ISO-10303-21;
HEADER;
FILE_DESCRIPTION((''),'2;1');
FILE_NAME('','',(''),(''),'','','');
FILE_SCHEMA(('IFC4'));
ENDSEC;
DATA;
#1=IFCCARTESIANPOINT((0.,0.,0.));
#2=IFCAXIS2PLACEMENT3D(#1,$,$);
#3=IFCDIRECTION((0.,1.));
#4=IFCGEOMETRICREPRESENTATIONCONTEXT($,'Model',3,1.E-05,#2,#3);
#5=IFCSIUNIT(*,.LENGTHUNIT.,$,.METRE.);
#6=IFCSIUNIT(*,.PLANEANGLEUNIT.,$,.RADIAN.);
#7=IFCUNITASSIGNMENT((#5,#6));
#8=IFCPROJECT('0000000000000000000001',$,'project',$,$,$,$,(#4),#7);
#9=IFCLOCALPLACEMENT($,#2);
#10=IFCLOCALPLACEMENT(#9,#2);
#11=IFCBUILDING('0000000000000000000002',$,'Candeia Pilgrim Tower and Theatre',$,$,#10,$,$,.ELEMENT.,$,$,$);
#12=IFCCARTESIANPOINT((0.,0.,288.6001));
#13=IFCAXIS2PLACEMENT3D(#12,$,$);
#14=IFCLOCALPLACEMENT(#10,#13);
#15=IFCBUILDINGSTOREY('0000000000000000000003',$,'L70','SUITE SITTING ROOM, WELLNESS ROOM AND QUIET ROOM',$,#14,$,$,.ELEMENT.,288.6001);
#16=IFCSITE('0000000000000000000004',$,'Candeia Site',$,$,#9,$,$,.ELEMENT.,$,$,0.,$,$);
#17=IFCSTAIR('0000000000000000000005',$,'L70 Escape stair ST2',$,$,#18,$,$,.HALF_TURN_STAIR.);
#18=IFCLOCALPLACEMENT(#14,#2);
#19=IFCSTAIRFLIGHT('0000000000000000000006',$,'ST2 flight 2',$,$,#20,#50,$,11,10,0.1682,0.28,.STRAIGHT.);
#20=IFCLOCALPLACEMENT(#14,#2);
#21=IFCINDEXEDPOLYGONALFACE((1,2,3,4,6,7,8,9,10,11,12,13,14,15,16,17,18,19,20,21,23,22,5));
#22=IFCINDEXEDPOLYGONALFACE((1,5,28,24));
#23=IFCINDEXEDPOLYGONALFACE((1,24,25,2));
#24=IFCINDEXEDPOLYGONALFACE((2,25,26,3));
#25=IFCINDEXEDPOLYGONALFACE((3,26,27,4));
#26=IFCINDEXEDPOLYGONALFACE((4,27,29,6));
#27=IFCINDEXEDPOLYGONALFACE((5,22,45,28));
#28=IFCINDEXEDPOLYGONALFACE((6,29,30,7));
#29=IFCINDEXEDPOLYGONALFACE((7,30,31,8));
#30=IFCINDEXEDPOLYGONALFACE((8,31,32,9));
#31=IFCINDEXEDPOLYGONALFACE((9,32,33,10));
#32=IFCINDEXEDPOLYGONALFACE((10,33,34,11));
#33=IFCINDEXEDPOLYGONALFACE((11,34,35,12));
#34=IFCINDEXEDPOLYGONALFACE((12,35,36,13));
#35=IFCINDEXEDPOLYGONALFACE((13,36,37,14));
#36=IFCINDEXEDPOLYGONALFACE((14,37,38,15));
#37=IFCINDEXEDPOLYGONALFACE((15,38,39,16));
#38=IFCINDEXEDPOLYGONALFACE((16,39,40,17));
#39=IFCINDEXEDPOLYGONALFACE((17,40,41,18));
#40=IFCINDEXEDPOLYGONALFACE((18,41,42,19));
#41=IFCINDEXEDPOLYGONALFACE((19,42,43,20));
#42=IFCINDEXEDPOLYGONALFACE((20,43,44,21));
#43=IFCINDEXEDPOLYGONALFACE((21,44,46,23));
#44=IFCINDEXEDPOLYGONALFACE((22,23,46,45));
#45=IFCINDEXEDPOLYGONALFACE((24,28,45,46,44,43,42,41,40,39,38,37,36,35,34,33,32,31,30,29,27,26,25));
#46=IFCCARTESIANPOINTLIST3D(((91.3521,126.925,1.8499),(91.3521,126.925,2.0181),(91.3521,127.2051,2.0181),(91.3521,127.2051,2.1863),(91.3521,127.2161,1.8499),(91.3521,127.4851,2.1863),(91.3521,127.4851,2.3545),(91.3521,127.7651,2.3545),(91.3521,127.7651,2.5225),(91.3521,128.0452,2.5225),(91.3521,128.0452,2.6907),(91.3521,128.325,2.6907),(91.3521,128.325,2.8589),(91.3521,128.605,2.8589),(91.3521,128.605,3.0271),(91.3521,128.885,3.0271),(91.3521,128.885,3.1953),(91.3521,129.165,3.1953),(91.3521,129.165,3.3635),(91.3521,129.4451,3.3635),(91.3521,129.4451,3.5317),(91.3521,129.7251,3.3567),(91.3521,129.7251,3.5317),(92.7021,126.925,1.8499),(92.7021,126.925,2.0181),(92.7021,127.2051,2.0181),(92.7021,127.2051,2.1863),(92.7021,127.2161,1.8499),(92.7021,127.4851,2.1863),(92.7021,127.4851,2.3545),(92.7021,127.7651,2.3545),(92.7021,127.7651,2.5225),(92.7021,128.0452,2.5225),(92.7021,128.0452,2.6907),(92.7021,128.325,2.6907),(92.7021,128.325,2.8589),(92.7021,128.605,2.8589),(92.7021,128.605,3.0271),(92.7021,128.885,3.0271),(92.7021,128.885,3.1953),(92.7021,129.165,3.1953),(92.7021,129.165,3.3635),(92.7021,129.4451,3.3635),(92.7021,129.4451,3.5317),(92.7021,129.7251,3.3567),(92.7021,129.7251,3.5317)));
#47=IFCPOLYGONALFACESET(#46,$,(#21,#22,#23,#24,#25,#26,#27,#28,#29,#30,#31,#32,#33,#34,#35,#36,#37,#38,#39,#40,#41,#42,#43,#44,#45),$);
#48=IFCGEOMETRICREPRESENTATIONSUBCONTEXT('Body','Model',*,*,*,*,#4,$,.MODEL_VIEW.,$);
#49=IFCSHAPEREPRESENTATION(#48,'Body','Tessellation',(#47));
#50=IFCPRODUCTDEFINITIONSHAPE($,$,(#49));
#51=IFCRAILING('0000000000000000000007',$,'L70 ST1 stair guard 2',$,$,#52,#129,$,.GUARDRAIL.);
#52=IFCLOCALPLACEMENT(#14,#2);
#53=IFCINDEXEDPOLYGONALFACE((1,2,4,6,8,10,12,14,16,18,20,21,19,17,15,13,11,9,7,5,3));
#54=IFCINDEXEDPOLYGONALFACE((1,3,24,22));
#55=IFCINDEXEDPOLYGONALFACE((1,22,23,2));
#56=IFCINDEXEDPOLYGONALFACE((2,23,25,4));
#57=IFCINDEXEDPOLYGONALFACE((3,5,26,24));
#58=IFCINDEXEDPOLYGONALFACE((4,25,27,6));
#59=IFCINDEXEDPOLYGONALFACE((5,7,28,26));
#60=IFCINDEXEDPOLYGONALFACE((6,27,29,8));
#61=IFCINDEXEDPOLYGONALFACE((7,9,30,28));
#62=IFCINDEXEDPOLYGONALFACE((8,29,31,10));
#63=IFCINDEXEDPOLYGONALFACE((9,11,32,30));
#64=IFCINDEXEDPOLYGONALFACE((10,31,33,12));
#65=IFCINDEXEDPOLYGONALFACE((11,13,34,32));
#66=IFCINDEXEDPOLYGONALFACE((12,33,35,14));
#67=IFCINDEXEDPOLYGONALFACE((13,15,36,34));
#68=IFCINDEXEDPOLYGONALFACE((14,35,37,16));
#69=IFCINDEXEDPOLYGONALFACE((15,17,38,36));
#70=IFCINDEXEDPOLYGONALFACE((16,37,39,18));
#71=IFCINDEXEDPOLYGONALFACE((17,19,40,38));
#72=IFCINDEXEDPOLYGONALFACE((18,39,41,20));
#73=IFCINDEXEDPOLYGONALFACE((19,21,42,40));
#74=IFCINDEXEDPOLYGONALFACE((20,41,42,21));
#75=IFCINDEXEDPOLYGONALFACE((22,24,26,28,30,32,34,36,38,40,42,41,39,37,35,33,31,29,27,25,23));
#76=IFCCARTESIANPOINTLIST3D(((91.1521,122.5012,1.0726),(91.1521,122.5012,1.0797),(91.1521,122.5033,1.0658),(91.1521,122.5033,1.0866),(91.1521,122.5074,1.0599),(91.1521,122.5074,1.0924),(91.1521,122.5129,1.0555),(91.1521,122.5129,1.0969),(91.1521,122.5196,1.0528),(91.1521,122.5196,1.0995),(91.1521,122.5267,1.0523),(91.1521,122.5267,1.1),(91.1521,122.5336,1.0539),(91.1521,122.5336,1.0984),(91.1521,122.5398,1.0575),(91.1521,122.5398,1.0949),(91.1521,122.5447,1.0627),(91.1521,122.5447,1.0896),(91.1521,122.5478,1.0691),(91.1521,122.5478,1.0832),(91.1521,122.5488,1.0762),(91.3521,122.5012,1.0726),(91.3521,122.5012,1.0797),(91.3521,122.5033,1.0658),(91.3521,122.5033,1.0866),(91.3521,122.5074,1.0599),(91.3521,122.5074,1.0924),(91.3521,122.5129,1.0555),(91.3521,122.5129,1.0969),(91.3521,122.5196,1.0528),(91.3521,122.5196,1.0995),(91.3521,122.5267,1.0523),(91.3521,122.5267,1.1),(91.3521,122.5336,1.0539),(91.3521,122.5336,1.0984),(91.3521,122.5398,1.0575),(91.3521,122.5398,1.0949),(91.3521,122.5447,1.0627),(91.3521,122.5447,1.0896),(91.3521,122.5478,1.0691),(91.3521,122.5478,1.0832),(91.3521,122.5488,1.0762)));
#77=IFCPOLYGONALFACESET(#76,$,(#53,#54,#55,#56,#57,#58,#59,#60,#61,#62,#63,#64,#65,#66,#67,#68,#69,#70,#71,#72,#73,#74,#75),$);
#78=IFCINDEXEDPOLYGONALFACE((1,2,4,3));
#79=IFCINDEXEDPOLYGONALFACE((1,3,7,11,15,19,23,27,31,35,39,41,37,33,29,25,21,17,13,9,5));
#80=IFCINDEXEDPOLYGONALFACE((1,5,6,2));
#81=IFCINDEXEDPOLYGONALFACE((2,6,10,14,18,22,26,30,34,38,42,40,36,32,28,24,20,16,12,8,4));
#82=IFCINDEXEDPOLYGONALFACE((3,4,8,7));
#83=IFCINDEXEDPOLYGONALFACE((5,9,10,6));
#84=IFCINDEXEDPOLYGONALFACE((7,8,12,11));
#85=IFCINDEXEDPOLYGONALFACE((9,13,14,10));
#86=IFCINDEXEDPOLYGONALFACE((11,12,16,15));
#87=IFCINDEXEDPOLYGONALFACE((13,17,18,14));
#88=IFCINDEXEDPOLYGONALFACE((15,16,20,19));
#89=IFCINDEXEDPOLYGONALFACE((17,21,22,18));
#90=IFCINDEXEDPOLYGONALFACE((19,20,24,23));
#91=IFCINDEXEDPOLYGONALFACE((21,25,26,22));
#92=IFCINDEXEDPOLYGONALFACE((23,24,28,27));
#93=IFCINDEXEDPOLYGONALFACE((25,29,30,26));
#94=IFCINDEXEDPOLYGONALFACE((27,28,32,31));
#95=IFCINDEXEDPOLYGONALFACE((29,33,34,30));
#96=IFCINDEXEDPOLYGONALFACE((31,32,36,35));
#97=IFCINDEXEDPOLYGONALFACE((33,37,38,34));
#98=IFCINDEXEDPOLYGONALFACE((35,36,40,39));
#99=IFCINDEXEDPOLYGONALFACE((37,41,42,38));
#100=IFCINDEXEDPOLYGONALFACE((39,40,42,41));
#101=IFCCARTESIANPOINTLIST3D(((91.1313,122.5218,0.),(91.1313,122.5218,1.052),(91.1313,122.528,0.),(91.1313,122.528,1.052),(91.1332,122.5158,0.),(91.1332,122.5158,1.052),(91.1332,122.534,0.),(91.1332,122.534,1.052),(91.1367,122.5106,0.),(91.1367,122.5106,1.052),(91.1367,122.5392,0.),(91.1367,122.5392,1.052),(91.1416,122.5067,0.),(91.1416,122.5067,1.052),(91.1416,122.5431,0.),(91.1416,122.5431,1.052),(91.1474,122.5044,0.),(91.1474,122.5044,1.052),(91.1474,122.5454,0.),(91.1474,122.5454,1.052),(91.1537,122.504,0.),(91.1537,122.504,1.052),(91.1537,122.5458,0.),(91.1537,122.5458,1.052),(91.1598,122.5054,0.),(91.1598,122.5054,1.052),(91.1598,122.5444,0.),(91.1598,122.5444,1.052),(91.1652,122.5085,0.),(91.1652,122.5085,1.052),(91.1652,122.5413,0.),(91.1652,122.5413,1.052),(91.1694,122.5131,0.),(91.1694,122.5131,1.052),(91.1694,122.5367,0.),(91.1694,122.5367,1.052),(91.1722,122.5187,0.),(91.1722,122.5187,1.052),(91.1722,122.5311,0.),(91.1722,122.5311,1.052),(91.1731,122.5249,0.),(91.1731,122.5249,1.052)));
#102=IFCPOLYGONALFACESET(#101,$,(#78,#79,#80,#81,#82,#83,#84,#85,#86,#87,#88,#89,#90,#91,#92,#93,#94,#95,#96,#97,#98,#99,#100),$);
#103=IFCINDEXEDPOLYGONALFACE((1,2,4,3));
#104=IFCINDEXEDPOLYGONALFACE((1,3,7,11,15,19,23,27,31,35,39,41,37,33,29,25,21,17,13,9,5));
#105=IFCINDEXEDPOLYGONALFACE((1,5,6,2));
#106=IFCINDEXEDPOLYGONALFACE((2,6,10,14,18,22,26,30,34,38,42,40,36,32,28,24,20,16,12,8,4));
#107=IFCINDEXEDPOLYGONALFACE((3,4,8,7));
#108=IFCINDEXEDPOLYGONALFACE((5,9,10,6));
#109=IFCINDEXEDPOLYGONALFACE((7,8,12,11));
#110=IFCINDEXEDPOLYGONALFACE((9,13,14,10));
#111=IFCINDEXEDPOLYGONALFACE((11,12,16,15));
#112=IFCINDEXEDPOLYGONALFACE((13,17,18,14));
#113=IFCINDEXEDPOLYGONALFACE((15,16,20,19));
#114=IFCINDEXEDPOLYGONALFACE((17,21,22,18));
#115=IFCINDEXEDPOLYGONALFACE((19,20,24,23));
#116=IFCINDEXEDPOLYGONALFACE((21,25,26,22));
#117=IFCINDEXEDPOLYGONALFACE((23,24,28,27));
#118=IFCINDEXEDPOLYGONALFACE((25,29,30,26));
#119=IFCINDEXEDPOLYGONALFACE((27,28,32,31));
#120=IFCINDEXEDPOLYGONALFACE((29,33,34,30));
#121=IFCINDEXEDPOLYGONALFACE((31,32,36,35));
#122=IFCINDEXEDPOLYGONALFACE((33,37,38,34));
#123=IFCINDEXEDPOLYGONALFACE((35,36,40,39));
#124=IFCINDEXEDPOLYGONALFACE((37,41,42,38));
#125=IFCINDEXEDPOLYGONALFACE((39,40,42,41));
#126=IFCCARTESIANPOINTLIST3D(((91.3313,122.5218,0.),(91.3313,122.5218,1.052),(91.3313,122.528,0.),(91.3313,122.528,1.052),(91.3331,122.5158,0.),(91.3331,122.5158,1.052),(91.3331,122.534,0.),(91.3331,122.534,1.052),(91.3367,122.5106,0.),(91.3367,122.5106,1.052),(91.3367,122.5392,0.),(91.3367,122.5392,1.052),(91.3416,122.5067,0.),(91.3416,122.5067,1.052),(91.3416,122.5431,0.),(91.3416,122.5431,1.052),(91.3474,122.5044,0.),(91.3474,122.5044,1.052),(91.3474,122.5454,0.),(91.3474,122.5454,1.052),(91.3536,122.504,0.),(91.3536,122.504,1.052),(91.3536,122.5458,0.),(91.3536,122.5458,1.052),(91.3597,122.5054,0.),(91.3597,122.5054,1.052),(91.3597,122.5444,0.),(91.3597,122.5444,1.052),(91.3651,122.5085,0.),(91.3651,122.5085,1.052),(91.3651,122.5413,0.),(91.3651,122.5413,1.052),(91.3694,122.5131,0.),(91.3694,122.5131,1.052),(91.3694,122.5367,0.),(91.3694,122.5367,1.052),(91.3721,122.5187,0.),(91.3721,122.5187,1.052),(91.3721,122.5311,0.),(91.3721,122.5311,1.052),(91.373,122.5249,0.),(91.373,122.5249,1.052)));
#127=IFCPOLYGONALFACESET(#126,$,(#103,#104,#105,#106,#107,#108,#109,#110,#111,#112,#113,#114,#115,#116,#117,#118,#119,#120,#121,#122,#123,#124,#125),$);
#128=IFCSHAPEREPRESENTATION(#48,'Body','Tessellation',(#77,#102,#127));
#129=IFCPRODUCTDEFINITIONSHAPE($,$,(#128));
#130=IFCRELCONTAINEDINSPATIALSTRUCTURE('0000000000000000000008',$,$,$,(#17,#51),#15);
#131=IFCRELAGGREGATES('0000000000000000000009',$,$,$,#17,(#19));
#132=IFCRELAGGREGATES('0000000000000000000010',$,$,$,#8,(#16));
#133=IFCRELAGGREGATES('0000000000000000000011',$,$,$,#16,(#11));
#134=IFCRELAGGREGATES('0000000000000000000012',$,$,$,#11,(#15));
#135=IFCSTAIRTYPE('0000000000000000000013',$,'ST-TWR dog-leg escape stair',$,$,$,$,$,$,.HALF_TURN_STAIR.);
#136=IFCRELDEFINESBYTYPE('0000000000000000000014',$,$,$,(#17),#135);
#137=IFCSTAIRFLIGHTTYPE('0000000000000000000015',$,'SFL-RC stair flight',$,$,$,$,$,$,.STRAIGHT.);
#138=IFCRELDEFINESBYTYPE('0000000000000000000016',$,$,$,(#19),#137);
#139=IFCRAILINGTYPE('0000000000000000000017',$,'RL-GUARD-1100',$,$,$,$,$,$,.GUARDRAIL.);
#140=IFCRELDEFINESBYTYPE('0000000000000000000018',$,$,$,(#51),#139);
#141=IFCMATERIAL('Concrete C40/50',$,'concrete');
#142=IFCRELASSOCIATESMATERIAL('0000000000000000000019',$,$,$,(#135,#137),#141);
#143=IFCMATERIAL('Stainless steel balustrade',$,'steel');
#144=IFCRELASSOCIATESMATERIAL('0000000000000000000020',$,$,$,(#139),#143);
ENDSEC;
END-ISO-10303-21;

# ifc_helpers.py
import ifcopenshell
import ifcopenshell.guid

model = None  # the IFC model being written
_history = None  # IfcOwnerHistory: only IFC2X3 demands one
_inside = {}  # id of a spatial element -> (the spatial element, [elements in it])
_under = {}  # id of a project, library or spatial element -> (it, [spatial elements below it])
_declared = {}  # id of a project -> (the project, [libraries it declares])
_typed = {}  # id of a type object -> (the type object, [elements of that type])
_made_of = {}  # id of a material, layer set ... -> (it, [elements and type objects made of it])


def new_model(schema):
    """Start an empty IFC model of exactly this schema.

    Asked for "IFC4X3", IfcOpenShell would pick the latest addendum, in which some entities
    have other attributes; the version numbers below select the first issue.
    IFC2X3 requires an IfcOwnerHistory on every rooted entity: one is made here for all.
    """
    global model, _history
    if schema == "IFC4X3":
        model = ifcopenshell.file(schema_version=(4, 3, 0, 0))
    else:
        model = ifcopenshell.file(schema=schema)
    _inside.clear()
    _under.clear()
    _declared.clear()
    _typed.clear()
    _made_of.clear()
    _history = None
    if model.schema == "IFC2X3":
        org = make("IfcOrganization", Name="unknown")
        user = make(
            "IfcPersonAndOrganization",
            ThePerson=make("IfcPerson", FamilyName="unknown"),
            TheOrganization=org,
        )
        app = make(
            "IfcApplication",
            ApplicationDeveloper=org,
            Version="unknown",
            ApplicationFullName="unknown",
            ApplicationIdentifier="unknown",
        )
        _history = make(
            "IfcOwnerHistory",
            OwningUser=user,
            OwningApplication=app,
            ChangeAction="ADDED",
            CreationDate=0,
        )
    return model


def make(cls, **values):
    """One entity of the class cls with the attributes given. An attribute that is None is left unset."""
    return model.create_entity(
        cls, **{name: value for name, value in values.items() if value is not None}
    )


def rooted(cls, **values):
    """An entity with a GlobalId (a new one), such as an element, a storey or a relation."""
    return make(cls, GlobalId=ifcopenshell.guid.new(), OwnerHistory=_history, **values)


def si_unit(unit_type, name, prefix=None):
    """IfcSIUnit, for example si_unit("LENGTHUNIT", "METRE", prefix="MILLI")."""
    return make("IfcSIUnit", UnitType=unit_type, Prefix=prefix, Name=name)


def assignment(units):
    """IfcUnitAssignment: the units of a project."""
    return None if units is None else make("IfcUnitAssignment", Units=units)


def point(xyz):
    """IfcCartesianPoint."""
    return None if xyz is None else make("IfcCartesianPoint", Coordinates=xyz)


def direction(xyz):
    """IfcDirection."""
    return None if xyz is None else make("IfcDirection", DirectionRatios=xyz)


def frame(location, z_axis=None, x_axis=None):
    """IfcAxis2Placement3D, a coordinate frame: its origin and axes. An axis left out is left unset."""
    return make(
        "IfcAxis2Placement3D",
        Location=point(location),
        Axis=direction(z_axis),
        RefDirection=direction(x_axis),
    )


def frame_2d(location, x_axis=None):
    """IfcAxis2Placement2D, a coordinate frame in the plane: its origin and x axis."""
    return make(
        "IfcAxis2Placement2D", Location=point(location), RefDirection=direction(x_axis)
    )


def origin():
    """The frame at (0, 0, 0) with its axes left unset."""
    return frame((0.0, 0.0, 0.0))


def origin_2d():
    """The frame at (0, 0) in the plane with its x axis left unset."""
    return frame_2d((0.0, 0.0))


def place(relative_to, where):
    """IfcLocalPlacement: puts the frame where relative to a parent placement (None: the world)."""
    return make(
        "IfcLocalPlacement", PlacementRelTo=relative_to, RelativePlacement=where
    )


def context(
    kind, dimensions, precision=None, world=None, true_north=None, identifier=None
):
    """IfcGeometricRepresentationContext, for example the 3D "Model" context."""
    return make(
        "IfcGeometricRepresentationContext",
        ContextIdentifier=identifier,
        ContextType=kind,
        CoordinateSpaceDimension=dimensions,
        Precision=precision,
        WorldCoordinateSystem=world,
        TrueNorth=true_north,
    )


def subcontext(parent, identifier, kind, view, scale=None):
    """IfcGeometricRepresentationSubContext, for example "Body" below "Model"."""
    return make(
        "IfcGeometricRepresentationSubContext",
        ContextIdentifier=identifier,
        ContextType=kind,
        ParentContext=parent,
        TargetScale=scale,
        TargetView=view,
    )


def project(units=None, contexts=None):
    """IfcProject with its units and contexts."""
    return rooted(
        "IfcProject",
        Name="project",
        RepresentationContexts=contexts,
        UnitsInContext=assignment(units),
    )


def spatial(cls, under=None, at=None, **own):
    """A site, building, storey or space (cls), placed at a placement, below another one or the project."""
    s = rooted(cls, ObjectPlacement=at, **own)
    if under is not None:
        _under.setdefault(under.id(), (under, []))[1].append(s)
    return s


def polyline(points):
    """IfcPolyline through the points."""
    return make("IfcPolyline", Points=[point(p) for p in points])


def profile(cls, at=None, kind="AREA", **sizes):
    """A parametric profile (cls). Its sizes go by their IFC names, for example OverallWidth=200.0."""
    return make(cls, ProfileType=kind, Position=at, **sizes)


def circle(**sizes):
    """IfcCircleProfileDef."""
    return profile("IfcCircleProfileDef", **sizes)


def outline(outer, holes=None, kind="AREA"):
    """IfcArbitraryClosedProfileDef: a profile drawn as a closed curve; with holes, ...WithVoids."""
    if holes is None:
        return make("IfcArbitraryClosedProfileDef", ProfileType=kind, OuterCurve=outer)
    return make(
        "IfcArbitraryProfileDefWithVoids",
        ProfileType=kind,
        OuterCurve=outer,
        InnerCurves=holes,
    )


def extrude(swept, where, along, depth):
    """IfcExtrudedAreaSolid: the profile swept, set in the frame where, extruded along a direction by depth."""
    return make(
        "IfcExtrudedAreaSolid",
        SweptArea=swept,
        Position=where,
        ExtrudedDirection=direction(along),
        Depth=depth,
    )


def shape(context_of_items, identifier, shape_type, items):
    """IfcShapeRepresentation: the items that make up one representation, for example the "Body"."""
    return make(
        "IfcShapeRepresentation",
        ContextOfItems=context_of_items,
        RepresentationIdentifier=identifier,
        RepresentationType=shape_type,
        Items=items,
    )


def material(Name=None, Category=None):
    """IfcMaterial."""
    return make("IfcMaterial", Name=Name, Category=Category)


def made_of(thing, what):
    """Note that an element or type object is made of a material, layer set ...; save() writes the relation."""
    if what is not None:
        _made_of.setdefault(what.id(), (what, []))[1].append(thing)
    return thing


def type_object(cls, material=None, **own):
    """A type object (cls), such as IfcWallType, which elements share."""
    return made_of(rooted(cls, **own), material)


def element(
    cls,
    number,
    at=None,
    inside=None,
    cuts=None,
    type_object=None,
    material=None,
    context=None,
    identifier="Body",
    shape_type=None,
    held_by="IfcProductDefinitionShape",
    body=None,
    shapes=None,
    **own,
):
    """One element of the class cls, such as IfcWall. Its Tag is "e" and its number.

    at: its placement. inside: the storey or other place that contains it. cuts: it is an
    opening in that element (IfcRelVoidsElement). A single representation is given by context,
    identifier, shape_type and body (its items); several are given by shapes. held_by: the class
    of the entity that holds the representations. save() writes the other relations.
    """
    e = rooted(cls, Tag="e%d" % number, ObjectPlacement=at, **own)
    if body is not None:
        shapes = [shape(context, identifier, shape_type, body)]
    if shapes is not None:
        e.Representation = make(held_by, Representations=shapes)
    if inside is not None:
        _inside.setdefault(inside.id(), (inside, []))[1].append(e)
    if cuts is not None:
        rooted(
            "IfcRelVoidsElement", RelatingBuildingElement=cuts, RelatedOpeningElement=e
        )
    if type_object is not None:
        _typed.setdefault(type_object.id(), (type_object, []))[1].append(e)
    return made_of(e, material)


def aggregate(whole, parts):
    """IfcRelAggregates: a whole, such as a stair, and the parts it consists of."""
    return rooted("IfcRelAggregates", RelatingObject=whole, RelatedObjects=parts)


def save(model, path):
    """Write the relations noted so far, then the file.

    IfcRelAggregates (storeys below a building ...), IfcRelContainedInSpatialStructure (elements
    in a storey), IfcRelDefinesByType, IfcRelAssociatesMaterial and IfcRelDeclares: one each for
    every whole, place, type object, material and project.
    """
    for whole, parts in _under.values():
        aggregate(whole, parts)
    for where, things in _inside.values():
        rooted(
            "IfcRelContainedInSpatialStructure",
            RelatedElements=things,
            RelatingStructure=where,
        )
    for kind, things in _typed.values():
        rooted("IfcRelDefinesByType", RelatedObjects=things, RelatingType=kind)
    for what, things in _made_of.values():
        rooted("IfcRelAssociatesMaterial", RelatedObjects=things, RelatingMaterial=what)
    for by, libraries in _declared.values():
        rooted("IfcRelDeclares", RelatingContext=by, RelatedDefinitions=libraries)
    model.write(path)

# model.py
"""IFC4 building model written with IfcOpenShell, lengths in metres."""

from ifc_helpers import new_model, si_unit, direction, frame, origin, origin_2d, place, context, subcontext, project, spatial, polyline, circle, outline, extrude, material, type_object, element, aggregate, save


model = new_model("IFC4")

# Units and contexts
model_context = context("Model", 3, precision=1e-05, world=origin(), true_north=direction((0.0, 1.0)))
body_context = subcontext(model_context, "Body", "Model", "MODEL_VIEW")
ifc_project = project(units=[si_unit("LENGTHUNIT", "METRE"), si_unit("PLANEANGLEUNIT", "RADIAN")], contexts=[model_context])

# Site, building, storey
site_placement = place(None, origin())
site = spatial("IfcSite", under=ifc_project, at=site_placement, Name="Candeia Site", CompositionType="ELEMENT", RefElevation=0.0)
building_placement = place(site_placement, origin())
building = spatial("IfcBuilding", under=site, at=building_placement, Name="Candeia Pilgrim Tower and Theatre", CompositionType="ELEMENT")
storey_placement = place(building_placement, frame((0.0, 0.0, 288.6001)))
storey = spatial("IfcBuildingStorey", under=building, at=storey_placement, Name="L70", Description="SUITE SITTING ROOM, WELLNESS ROOM AND QUIET ROOM", CompositionType="ELEMENT", Elevation=288.6001)

# Shared definitions
ifc_material_1 = material(Name="Concrete C40/50", Category="concrete")

# Shared definitions
stair_type = type_object("IfcStairType", Name="ST-TWR dog-leg escape stair", PredefinedType="HALF_TURN_STAIR", material=ifc_material_1)
stair_flight_type = type_object("IfcStairFlightType", Name="SFL-RC stair flight", PredefinedType="STRAIGHT", material=ifc_material_1)

# Stair, stair flight
stair_1_placement = place(storey_placement, origin())
stair_1 = element("IfcStair", 1, at=stair_1_placement, inside=storey, type_object=stair_type, Name="L70 Escape stair ST2", PredefinedType="HALF_TURN_STAIR")
stair_flight_1_placement = place(storey_placement, frame((92.0271, 126.925, 1.8499), z_axis=(0.0, 0.0, 1.0), x_axis=(0.0, 1.0, 0.0)))
stair_flight_1 = element("IfcStairFlight", 2, at=stair_flight_1_placement, type_object=stair_flight_type, Name="ST2 flight 2", NumberOfRisers=11, NumberOfTreads=10, PredefinedType="STRAIGHT", RiserHeight=0.1682, TreadLength=0.28, context=body_context, shape_type="SweptSolid", body=[
    extrude(outline(polyline([(0.0, 0.0), (0.0, 0.1682), (0.28, 0.1682), (0.28, 0.3364), (0.5601, 0.3364), (0.5601, 0.5046), (0.8401, 0.5046), (0.8401, 0.6726), (1.1201, 0.6726), (1.1201, 0.8408), (1.3999, 0.8408), (1.3999, 1.009), (1.6799, 1.009), (1.6799, 1.1772), (1.96, 1.1772), (1.96, 1.3455), (2.24, 1.3455), (2.24, 1.5137), (2.52, 1.5137), (2.52, 1.6819), (2.8, 1.6819), (2.8, 1.8501), (2.8, 1.5068), (0.291, 0.0), (0.0, 0.0)])), frame((0.0, 0.675, 0.0), z_axis=(0.0, -1.0, 0.0), x_axis=(1.0, 0.0, 0.0)), (0.0, 0.0, 1.0), 1.3501),
])
aggregate(stair_1, [stair_flight_1])

# Railing
ifc_material_2 = material(Name="Stainless steel balustrade", Category="steel")
railing_type_1 = type_object("IfcRailingType", Name="RL-GUARD-1100", PredefinedType="GUARDRAIL", material=ifc_material_2)
railing_1_placement = place(storey_placement, frame((91.1521, 122.5249, 0.0)))
element("IfcRailing", 3, at=railing_1_placement, inside=storey, type_object=railing_type_1, Name="L70 ST1 stair guard 2", PredefinedType="GUARDRAIL", context=body_context, shape_type="SweptSolid", body=[
    extrude(circle(Radius=0.0239, at=origin_2d()), frame((0.0, 0.0, 1.0762), z_axis=(1.0, 0.0, 0.0), x_axis=(0.0, 1.0, 0.0)), (0.0, 0.0, 1.0), 0.2),
    extrude(circle(Radius=0.021, at=origin_2d()), origin(), (0.0, 0.0, 1.0), 1.052),
    extrude(circle(Radius=0.021, at=origin_2d()), frame((0.2, 0.0, 0.0)), (0.0, 0.0, 1.0), 1.052),
])

save(model, "model.ifc")
